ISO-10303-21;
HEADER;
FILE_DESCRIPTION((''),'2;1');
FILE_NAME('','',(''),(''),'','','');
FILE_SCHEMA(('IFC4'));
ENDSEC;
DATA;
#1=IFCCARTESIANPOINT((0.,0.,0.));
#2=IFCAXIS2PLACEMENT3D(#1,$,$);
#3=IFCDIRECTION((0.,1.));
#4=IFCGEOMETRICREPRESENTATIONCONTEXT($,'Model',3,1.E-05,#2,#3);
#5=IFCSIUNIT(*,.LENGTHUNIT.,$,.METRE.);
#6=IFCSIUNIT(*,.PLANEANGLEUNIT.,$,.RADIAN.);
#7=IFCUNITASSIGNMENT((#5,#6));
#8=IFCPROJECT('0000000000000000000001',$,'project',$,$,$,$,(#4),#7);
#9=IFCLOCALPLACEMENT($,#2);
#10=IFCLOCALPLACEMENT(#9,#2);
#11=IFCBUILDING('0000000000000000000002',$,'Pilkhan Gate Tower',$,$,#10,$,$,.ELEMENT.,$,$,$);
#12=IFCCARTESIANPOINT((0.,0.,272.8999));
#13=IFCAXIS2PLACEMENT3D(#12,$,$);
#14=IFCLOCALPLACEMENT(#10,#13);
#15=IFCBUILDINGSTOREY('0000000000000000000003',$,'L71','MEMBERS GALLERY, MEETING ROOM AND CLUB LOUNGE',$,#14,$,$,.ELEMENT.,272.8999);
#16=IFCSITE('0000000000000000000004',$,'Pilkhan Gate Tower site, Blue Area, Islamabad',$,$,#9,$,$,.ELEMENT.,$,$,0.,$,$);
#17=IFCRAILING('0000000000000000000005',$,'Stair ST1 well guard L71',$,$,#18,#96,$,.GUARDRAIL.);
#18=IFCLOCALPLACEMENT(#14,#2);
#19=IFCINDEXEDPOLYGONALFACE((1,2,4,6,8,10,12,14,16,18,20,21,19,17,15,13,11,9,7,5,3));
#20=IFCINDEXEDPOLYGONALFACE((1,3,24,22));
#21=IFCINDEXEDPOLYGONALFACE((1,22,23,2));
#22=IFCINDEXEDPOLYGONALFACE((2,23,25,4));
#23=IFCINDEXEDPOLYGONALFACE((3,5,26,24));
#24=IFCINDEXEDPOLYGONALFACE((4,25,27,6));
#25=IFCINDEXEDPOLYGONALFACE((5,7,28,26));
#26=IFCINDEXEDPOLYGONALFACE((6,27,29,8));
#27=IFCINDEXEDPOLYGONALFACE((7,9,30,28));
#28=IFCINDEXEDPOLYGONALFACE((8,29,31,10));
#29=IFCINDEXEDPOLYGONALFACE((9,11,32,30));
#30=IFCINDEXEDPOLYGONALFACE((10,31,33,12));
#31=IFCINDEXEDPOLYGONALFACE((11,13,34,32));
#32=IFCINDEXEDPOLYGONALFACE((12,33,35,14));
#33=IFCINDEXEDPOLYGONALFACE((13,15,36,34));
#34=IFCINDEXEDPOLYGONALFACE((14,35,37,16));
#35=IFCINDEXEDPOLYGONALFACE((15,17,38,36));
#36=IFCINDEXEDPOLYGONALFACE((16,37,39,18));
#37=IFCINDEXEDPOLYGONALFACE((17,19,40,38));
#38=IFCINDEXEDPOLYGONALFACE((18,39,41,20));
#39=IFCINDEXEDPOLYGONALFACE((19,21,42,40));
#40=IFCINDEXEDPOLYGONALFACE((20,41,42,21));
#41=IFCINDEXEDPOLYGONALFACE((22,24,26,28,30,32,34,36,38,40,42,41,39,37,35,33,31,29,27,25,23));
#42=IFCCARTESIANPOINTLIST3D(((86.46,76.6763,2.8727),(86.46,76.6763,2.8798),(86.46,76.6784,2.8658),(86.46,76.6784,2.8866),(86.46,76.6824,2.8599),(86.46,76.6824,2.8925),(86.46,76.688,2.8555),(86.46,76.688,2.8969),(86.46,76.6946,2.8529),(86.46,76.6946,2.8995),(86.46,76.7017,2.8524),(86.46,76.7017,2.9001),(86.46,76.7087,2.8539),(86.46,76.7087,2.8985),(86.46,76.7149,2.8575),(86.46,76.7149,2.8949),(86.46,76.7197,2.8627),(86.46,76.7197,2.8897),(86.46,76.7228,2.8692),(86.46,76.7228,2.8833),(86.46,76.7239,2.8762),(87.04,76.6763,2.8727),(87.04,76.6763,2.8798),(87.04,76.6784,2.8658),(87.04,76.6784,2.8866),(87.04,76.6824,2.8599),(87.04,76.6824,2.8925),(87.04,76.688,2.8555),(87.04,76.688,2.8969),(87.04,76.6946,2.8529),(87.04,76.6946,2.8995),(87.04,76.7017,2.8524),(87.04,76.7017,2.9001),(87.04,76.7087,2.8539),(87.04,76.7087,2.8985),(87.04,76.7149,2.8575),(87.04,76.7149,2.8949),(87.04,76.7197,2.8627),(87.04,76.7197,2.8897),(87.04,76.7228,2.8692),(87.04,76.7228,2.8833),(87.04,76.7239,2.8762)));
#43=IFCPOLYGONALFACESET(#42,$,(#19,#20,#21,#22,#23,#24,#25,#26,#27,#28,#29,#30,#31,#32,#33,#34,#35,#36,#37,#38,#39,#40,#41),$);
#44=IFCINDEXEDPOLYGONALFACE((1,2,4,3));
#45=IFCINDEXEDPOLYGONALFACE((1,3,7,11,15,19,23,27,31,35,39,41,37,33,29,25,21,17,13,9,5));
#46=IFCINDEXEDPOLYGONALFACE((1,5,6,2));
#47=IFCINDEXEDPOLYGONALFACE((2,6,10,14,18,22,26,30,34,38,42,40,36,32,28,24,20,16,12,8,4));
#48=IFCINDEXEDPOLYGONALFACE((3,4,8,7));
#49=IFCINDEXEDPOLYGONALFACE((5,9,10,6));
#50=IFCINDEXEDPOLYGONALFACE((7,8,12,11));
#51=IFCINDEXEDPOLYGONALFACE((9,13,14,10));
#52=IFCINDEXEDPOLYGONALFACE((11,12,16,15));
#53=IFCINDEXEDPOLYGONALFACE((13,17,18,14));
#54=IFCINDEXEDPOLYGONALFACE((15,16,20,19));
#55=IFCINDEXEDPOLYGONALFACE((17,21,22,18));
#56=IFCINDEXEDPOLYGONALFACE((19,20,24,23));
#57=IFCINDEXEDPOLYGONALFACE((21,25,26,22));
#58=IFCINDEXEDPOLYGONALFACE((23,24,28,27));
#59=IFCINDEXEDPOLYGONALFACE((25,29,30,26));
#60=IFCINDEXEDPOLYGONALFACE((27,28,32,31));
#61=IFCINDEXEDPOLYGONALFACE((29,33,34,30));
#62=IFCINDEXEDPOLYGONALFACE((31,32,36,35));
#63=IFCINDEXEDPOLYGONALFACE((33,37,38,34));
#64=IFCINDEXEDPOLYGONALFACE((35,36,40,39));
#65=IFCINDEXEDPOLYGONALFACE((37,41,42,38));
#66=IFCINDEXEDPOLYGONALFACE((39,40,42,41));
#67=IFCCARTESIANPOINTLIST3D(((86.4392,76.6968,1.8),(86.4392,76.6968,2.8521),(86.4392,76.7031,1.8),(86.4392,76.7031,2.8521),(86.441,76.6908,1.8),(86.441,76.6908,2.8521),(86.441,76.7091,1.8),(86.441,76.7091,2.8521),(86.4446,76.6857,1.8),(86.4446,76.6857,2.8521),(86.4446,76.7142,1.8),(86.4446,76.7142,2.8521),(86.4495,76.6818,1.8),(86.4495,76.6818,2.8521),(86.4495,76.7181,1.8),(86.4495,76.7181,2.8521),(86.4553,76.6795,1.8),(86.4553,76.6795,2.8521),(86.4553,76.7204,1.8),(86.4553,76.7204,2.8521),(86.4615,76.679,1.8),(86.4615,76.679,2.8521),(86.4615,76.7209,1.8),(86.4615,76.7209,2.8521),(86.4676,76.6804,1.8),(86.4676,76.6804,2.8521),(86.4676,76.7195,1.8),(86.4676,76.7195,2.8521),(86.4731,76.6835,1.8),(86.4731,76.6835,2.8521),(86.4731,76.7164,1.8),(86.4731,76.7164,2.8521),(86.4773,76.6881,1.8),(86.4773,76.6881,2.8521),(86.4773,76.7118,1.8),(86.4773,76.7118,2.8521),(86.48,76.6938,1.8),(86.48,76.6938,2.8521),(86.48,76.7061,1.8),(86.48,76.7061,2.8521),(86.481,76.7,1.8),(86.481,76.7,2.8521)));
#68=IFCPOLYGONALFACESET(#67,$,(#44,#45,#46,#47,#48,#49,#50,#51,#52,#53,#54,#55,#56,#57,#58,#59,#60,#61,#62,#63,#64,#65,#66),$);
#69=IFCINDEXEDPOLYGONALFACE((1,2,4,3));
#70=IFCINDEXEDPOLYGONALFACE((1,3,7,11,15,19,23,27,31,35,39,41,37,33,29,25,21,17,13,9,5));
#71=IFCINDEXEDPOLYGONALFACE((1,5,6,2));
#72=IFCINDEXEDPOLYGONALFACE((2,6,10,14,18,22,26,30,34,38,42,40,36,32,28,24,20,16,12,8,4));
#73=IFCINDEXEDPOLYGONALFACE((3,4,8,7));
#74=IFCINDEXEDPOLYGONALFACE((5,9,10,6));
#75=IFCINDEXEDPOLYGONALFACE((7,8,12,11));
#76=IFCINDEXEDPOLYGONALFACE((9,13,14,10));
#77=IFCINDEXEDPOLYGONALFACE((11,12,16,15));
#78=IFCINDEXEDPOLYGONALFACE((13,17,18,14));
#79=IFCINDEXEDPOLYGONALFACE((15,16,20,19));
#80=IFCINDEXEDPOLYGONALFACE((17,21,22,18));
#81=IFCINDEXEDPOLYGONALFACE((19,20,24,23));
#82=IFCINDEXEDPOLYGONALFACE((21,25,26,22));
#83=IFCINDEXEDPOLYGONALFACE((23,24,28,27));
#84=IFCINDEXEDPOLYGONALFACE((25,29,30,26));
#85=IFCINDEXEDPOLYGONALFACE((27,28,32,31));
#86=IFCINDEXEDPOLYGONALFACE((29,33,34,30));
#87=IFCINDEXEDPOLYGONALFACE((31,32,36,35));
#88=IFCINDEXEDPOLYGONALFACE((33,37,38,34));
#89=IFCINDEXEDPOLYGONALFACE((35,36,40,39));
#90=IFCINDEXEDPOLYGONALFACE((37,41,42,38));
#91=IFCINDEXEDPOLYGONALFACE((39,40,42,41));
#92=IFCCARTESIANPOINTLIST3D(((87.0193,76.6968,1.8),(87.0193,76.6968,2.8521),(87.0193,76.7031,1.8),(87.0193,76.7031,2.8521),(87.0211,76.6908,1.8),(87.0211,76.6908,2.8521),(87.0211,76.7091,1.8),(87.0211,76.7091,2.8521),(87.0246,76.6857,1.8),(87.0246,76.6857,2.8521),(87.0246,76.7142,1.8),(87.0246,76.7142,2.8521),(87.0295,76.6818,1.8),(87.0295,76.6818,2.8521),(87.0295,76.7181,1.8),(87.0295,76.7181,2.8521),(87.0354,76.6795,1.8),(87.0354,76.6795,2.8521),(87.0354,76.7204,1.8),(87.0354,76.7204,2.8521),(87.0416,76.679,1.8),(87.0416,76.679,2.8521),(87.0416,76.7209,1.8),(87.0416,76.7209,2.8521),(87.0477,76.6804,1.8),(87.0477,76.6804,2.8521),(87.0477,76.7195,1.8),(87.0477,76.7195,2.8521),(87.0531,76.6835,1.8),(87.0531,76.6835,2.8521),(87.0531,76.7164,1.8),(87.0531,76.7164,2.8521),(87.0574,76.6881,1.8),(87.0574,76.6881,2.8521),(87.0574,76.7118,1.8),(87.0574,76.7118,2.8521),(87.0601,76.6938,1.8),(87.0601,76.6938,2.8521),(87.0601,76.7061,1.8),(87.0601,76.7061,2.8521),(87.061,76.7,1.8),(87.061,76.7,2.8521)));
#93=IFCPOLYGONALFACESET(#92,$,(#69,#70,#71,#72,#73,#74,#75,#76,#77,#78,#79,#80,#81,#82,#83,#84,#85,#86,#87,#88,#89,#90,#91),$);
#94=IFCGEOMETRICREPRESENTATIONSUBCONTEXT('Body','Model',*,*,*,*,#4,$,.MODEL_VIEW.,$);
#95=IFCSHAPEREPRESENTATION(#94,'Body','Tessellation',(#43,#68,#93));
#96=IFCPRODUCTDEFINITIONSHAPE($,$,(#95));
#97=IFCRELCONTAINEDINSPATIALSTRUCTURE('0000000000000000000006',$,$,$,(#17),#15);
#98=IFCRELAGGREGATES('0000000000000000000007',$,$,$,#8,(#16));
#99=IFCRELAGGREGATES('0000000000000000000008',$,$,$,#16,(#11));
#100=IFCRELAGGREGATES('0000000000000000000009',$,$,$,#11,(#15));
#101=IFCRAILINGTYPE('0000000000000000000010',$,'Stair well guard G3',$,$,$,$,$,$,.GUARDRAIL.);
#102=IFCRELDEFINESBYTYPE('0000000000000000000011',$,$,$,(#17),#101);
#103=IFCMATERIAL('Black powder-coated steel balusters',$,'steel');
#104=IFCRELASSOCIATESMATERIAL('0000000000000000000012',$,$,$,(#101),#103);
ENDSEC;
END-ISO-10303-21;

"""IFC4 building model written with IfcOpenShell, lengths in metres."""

from ifc_helpers import new_model, si_unit, direction, frame, origin, origin_2d, place, context, subcontext, project, spatial, circle, extrude, material, type_object, element, save


model = new_model("IFC4")

# Units and contexts
model_context = context("Model", 3, precision=1e-05, world=origin(), true_north=direction((0.0, 1.0)))
body_context = subcontext(model_context, "Body", "Model", "MODEL_VIEW")
ifc_project = project(units=[si_unit("LENGTHUNIT", "METRE"), si_unit("PLANEANGLEUNIT", "RADIAN")], contexts=[model_context])

# Site, building, storey
site_placement = place(None, origin())
site = spatial("IfcSite", under=ifc_project, at=site_placement, Name="Pilkhan Gate Tower site, Blue Area, Islamabad", CompositionType="ELEMENT", RefElevation=0.0)
building_placement = place(site_placement, origin())
building = spatial("IfcBuilding", under=site, at=building_placement, Name="Pilkhan Gate Tower", CompositionType="ELEMENT")
storey_placement = place(building_placement, frame((0.0, 0.0, 272.8999)))
storey = spatial("IfcBuildingStorey", under=building, at=storey_placement, Name="L71", Description="MEMBERS GALLERY, MEETING ROOM AND CLUB LOUNGE", CompositionType="ELEMENT", Elevation=272.8999)

# Railing
ifc_material_1 = material(Name="Black powder-coated steel balusters", Category="steel")
railing_type_1 = type_object("IfcRailingType", Name="Stair well guard G3", PredefinedType="GUARDRAIL", material=ifc_material_1)
for number, where, name in (
    (1, (86.46, 76.7, 1.8), "Stair ST1 well guard L71"),
):
    element("IfcRailing", number, at=place(storey_placement, frame(where)), inside=storey, type_object=railing_type_1, Name=name, PredefinedType="GUARDRAIL", context=body_context, shape_type="SweptSolid", body=[
        extrude(circle(Radius=0.0239, at=origin_2d()), frame((0.0, 0.0, 1.0762), z_axis=(1.0, 0.0, 0.0), x_axis=(0.0, 1.0, 0.0)), (0.0, 0.0, 1.0), 0.5801),
        extrude(circle(Radius=0.021, at=origin_2d()), origin(), (0.0, 0.0, 1.0), 1.052),
        extrude(circle(Radius=0.021, at=origin_2d()), frame((0.5801, 0.0, 0.0)), (0.0, 0.0, 1.0), 1.052),
    ])

save(model, "model.ifc")
